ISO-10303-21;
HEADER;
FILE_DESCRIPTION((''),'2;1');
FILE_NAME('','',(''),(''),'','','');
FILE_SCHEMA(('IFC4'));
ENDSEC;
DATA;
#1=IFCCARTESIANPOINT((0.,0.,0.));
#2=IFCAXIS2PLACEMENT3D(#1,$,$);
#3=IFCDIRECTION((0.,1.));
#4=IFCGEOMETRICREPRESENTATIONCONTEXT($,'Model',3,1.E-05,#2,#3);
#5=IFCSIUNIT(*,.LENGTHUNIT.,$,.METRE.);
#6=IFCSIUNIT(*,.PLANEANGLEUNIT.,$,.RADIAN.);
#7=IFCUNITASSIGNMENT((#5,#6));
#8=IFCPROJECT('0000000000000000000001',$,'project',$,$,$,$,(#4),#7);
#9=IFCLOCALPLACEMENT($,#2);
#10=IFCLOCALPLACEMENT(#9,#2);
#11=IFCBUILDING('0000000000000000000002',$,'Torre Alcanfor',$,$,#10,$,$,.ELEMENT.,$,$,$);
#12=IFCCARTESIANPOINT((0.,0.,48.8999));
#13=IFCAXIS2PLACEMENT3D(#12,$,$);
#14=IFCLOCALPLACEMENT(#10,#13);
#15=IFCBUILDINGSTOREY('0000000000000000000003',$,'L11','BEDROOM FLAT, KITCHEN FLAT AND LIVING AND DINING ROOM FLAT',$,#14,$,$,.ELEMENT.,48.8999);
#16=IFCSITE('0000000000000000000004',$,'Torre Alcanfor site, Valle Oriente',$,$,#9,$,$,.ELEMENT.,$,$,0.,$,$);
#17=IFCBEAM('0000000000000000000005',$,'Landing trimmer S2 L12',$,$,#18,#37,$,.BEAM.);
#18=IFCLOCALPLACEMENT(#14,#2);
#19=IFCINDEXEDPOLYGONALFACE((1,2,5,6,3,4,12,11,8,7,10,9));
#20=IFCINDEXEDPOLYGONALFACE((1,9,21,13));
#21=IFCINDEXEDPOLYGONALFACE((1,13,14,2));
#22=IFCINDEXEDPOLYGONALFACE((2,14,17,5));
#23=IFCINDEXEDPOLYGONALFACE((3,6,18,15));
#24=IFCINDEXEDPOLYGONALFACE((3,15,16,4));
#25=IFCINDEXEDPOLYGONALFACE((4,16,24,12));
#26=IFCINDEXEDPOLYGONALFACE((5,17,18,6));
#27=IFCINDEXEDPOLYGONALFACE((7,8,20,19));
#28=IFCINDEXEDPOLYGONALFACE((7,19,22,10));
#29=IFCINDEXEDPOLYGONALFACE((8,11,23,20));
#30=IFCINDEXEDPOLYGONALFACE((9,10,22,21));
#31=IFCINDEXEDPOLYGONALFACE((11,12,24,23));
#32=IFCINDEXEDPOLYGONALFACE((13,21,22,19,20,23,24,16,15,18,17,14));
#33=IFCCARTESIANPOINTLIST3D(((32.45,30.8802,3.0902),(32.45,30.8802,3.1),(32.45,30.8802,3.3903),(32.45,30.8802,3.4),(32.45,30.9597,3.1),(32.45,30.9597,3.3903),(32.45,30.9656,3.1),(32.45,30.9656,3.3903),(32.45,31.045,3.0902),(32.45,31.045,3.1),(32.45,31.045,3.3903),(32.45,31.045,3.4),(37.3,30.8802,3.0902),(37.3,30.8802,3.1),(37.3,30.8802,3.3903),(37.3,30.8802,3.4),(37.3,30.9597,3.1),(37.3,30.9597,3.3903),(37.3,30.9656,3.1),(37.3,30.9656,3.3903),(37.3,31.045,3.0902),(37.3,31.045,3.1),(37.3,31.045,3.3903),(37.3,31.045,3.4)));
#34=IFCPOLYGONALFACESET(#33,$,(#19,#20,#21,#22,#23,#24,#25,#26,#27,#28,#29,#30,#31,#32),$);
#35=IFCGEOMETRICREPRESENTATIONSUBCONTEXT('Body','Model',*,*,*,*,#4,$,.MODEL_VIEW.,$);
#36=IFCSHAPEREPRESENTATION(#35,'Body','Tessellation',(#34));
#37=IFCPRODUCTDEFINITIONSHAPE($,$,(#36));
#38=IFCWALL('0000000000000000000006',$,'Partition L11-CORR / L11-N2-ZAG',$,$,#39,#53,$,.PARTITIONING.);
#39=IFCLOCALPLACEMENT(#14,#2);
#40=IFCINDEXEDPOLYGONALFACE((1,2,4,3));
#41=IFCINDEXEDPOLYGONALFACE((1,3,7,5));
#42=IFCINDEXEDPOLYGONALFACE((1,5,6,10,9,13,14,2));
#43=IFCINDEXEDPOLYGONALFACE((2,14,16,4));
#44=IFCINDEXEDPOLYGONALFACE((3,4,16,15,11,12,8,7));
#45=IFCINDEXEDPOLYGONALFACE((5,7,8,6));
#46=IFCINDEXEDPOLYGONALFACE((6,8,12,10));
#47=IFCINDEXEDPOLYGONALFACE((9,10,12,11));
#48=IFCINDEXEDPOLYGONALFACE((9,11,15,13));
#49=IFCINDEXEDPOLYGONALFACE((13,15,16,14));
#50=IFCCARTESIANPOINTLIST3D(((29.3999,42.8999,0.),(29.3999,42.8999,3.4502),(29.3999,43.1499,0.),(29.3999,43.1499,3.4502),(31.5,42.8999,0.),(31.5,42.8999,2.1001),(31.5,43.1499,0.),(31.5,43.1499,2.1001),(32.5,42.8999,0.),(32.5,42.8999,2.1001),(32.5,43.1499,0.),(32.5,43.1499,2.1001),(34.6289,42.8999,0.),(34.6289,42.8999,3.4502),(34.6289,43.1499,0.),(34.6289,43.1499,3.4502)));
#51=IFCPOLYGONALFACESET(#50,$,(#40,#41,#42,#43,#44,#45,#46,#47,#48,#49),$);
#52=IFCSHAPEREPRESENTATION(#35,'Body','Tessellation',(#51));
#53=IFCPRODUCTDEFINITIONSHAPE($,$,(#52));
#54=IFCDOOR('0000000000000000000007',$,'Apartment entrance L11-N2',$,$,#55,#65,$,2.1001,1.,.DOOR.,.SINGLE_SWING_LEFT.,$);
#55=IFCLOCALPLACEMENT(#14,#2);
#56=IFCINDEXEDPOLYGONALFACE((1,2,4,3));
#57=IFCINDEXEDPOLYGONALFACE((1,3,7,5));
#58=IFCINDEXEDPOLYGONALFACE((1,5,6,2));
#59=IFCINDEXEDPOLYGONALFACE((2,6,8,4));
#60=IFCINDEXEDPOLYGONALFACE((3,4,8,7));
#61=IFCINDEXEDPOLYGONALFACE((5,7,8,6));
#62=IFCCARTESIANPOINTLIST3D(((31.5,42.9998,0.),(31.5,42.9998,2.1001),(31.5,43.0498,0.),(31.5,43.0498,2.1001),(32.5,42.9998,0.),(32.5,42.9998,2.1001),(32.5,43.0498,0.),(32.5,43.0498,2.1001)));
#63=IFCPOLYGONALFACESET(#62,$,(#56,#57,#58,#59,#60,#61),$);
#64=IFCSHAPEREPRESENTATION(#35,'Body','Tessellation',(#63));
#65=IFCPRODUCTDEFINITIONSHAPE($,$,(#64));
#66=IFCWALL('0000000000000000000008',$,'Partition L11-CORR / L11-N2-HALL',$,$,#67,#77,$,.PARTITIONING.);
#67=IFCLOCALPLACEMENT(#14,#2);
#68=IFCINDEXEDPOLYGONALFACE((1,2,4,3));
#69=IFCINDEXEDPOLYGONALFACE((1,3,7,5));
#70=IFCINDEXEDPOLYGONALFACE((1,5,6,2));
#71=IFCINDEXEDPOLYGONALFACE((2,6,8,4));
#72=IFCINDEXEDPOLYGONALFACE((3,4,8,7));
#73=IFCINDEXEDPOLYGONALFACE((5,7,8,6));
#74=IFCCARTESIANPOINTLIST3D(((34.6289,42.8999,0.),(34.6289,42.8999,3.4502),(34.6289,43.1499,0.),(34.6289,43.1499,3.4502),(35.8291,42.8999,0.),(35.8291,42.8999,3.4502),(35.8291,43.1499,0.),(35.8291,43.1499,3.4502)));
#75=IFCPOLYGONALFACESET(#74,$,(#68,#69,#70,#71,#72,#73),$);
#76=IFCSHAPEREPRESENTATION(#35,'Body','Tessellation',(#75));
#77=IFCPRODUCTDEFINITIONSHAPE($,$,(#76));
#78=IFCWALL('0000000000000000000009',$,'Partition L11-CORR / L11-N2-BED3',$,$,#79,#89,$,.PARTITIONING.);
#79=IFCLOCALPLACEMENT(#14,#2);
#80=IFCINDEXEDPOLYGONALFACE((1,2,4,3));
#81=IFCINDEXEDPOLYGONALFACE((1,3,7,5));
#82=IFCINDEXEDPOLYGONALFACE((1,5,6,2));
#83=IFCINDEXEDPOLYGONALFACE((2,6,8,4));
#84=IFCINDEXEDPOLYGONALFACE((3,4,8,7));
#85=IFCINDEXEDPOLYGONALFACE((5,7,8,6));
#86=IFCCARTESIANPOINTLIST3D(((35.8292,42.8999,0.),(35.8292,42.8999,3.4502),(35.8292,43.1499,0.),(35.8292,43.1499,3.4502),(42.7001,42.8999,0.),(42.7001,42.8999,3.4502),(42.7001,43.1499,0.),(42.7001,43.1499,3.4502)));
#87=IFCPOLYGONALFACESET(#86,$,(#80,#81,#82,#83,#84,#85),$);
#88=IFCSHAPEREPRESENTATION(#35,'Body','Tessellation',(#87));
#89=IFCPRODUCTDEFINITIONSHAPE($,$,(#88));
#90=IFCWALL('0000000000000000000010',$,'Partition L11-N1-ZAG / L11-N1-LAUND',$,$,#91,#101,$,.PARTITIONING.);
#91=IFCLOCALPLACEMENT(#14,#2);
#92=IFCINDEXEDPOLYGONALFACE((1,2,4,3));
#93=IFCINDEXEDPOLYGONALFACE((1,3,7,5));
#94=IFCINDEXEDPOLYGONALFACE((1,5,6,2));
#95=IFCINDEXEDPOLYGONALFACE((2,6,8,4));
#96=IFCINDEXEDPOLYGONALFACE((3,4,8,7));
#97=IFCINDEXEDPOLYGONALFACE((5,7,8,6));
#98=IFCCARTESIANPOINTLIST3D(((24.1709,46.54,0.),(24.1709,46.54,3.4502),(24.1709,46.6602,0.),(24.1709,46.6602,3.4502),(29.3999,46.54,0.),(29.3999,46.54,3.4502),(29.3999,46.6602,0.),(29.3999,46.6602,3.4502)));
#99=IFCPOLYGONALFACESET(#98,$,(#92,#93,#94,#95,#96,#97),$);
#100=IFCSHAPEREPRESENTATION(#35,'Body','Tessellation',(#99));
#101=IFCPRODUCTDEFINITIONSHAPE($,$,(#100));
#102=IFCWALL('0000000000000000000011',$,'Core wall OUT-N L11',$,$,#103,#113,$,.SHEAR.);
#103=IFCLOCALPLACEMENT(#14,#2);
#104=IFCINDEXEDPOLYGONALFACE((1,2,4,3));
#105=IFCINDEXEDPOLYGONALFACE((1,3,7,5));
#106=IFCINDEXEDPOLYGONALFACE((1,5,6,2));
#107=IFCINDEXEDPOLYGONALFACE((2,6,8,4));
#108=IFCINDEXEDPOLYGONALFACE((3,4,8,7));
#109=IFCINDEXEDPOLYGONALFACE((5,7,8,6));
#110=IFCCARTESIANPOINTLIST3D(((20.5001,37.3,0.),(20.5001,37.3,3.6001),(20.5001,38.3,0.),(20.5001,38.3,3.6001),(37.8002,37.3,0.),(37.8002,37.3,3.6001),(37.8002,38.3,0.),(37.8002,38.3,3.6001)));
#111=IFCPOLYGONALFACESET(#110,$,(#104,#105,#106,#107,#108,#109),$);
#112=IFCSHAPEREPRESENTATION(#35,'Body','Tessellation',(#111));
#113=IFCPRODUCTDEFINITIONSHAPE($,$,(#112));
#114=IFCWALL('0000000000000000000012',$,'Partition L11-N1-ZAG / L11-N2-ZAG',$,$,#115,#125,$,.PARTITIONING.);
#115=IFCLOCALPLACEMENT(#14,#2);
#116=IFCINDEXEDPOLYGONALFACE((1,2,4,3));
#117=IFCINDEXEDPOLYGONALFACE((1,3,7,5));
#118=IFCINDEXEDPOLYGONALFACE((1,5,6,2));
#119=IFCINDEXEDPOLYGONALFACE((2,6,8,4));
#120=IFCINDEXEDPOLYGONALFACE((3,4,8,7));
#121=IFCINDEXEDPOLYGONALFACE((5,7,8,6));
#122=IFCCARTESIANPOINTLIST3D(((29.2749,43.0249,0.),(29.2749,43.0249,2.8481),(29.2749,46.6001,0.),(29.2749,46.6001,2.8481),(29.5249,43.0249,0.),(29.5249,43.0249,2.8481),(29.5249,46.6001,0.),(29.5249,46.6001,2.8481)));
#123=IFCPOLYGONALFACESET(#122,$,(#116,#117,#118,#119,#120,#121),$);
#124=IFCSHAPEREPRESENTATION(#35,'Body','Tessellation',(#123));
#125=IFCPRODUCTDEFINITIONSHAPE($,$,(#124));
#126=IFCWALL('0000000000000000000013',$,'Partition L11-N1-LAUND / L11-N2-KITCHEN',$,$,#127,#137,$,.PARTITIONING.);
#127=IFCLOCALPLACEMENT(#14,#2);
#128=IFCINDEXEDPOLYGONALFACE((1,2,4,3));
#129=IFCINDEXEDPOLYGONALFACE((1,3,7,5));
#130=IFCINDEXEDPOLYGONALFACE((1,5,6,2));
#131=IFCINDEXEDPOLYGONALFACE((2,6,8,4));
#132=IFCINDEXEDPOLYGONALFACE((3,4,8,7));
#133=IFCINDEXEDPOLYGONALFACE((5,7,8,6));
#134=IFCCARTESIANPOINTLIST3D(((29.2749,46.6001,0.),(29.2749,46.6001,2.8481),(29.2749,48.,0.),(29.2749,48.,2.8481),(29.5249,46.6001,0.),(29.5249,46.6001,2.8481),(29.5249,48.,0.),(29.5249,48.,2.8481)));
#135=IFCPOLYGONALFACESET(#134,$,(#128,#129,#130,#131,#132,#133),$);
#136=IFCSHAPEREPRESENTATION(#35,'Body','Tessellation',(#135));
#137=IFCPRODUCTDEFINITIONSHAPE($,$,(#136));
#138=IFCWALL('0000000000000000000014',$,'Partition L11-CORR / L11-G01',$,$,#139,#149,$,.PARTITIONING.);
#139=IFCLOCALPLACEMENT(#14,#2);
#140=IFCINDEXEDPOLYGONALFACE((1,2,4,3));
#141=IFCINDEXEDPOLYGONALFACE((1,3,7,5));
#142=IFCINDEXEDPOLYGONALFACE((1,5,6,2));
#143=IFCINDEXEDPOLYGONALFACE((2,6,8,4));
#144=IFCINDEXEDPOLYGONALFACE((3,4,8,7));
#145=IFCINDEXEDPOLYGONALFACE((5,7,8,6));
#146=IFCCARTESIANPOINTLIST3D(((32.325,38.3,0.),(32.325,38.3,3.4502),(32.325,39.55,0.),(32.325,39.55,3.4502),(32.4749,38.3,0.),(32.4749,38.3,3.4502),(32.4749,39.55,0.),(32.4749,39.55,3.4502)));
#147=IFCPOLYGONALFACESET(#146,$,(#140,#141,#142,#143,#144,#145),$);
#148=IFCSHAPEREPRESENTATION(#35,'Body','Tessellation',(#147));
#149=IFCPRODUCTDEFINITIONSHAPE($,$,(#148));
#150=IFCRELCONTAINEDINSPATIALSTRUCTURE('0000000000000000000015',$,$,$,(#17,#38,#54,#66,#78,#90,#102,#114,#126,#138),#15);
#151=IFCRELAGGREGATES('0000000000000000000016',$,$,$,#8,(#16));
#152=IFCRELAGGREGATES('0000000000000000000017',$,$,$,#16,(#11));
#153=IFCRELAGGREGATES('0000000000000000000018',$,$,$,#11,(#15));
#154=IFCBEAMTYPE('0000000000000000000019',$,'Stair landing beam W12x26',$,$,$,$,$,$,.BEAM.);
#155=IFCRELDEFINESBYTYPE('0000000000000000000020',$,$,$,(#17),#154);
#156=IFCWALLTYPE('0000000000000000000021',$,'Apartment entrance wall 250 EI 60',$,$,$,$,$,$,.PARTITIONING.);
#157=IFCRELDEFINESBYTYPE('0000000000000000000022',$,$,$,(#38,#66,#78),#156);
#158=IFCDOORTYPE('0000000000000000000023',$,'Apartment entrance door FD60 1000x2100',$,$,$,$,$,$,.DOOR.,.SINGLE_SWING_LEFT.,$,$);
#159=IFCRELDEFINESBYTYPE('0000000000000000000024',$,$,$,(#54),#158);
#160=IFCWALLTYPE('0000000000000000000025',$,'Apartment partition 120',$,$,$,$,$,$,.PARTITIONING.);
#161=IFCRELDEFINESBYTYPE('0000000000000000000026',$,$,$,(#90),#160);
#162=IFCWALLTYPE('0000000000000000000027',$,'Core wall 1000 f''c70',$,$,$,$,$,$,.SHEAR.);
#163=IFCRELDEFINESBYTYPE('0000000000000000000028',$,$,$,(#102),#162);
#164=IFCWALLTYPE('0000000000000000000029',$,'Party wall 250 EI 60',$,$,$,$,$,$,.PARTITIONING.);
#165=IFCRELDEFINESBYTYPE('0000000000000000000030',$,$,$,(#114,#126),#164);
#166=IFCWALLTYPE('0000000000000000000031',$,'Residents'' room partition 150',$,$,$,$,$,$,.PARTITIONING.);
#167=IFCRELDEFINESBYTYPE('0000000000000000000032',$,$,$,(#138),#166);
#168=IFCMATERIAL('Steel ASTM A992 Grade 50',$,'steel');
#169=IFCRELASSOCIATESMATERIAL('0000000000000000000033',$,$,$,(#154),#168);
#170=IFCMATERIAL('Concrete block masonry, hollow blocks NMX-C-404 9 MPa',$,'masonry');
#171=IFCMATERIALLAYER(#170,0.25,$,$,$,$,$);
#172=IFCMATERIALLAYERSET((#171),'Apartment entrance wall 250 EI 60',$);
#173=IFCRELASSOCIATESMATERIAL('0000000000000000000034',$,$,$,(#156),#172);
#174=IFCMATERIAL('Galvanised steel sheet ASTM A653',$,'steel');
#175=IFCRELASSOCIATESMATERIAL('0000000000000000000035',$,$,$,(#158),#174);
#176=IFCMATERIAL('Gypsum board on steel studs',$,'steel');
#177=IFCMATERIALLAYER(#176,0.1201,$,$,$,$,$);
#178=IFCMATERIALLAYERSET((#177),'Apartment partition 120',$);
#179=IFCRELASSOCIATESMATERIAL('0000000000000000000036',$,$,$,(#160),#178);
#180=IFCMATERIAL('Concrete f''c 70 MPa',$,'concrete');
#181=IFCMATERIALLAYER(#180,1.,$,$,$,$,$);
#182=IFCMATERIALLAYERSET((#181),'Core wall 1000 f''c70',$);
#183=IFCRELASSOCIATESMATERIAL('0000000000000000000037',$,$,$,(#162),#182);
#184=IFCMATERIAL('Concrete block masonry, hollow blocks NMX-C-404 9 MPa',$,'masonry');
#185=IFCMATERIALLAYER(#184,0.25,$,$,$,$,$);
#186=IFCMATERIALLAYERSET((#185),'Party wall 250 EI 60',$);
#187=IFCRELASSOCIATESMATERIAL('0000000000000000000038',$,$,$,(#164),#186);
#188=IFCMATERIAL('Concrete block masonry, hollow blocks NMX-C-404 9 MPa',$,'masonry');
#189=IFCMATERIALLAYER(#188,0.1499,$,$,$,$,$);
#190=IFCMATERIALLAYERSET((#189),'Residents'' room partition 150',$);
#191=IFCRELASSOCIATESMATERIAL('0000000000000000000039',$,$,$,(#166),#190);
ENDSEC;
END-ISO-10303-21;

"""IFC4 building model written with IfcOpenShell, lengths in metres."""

from ifc_helpers import new_model, si_unit, direction, frame, frame_2d, origin, origin_2d, place, context, subcontext, project, spatial, rectangle, i_section, extrude, material, layer, layer_set, material_profile, profile_set, type_object, element, fill, save


model = new_model("IFC4")

# Units and contexts
model_context = context("Model", 3, precision=1e-05, world=origin(), true_north=direction((0.0, 1.0)))
body_context = subcontext(model_context, "Body", "Model", "MODEL_VIEW")
ifc_project = project(units=[si_unit("LENGTHUNIT", "METRE"), si_unit("PLANEANGLEUNIT", "RADIAN")], contexts=[model_context])

# Site, building, storey
site_placement = place(None, origin())
site = spatial("IfcSite", under=ifc_project, at=site_placement, Name="Torre Alcanfor site, Valle Oriente", CompositionType="ELEMENT", RefElevation=0.0)
building_placement = place(site_placement, origin())
building = spatial("IfcBuilding", under=site, at=building_placement, Name="Torre Alcanfor", CompositionType="ELEMENT")
storey_placement = place(building_placement, frame((0.0, 0.0, 48.8999)))
storey = spatial("IfcBuildingStorey", under=building, at=storey_placement, Name="L11", Description="BEDROOM FLAT, KITCHEN FLAT AND LIVING AND DINING ROOM FLAT", CompositionType="ELEMENT", Elevation=48.8999)

# Beam
ifc_material_1 = material(Name="Steel ASTM A992 Grade 50", Category="steel")
ifc_material_profile_1 = material_profile(ifc_material_1, i_section(OverallWidth=0.1648, OverallDepth=0.3098, WebThickness=0.0059, FlangeThickness=0.0098, at=origin_2d()), Name="W12x26")
ifc_profile_set_1 = profile_set([ifc_material_profile_1], Name="Steel ASTM A992 Grade 50")
beam_type_1 = type_object("IfcBeamType", Name="Stair landing beam W12x26", PredefinedType="BEAM", material=ifc_profile_set_1)
beam_1_placement = place(storey_placement, frame((32.45, 30.9626, 3.2451), z_axis=(1.0, 0.0, 0.0), x_axis=(0.0, 1.0, 0.0)))
element("IfcBeam", 1, at=beam_1_placement, inside=storey, type_object=beam_type_1, Name="Landing trimmer S2 L12", PredefinedType="BEAM", context=body_context, shape_type="SweptSolid", body=[
    extrude(i_section(OverallWidth=0.1648, OverallDepth=0.3098, WebThickness=0.0059, FlangeThickness=0.0098, at=origin_2d()), origin(), (0.0, 0.0, 1.0), 4.8501),
])

# Wall, opening, door
ifc_material_2 = material(Name="Concrete block masonry, hollow blocks NMX-C-404 9 MPa", Category="masonry")
ifc_layer_1 = layer(ifc_material_2, 0.25)
ifc_layer_set_1 = layer_set([ifc_layer_1], Name="Apartment entrance wall 250 EI 60")
wall_type_1 = type_object("IfcWallType", Name="Apartment entrance wall 250 EI 60", PredefinedType="PARTITIONING", material=ifc_layer_set_1)
wall_1_placement = place(storey_placement, frame((29.3999, 43.0249, 0.0), z_axis=(0.0, 0.0, 1.0), x_axis=(1.0, 0.0, 0.0)))
wall_1 = element("IfcWall", 2, at=wall_1_placement, inside=storey, type_object=wall_type_1, Name="Partition L11-CORR / L11-N2-ZAG", PredefinedType="PARTITIONING", context=body_context, shape_type="SweptSolid", body=[
    extrude(rectangle(XDim=5.229, YDim=0.25, at=frame_2d((2.6145, 0.0))), origin(), (0.0, 0.0, 1.0), 3.4502),
])
opening_1_placement = place(wall_1_placement, frame((2.1001, 0.0, 0.0)))
opening_1 = element("IfcOpeningElement", 3, at=opening_1_placement, cuts=wall_1, PredefinedType="OPENING", context=body_context, shape_type="SweptSolid", body=[
    extrude(rectangle(XDim=1.0, YDim=2.1001, at=frame_2d((0.5, 1.05))), frame((0.0, 0.135, 0.0), z_axis=(0.0, -1.0, 0.0), x_axis=(1.0, 0.0, 0.0)), (0.0, 0.0, 1.0), 0.27),
])
ifc_material_3 = material(Name="Galvanised steel sheet ASTM A653", Category="steel")
door_type_1 = type_object("IfcDoorType", Name="Apartment entrance door FD60 1000x2100", OperationType="SINGLE_SWING_LEFT", PredefinedType="DOOR", material=ifc_material_3)
door_1_placement = place(opening_1_placement, origin())
door_1 = element("IfcDoor", 4, at=door_1_placement, inside=storey, type_object=door_type_1, Name="Apartment entrance L11-N2", OperationType="SINGLE_SWING_LEFT", OverallHeight=2.1001, OverallWidth=1.0, PredefinedType="DOOR", context=body_context, shape_type="SweptSolid", body=[
    extrude(rectangle(XDim=1.0, YDim=2.1001, at=frame_2d((0.5, 1.05))), frame((0.0, 0.0249, 0.0), z_axis=(0.0, -1.0, 0.0), x_axis=(1.0, 0.0, 0.0)), (0.0, 0.0, 1.0), 0.05),
])
fill(opening_1, door_1)

# Walls
wall_2_placement = place(storey_placement, frame((34.6289, 43.0249, 0.0), z_axis=(0.0, 0.0, 1.0), x_axis=(1.0, 0.0, 0.0)))
element("IfcWall", 5, at=wall_2_placement, inside=storey, type_object=wall_type_1, Name="Partition L11-CORR / L11-N2-HALL", PredefinedType="PARTITIONING", context=body_context, shape_type="SweptSolid", body=[
    extrude(rectangle(XDim=1.2002, YDim=0.25, at=frame_2d((0.6001, 0.0))), origin(), (0.0, 0.0, 1.0), 3.4502),
])
wall_3_placement = place(storey_placement, frame((35.8291, 43.0249, 0.0), z_axis=(0.0, 0.0, 1.0), x_axis=(1.0, 0.0, 0.0)))
element("IfcWall", 6, at=wall_3_placement, inside=storey, type_object=wall_type_1, Name="Partition L11-CORR / L11-N2-BED3", PredefinedType="PARTITIONING", context=body_context, shape_type="SweptSolid", body=[
    extrude(rectangle(XDim=6.8708, YDim=0.25, at=frame_2d((3.4355, 0.0))), origin(), (0.0, 0.0, 1.0), 3.4502),
])
ifc_material_4 = material(Name="Gypsum board on steel studs", Category="steel")
ifc_layer_2 = layer(ifc_material_4, 0.1201)
ifc_layer_set_2 = layer_set([ifc_layer_2], Name="Apartment partition 120")
wall_type_2 = type_object("IfcWallType", Name="Apartment partition 120", PredefinedType="PARTITIONING", material=ifc_layer_set_2)
wall_4_placement = place(storey_placement, frame((29.3999, 46.6001, 0.0), z_axis=(0.0, 0.0, 1.0), x_axis=(-1.0, 0.0, 0.0)))
element("IfcWall", 7, at=wall_4_placement, inside=storey, type_object=wall_type_2, Name="Partition L11-N1-ZAG / L11-N1-LAUND", PredefinedType="PARTITIONING", context=body_context, shape_type="SweptSolid", body=[
    extrude(rectangle(XDim=5.229, YDim=0.1201, at=frame_2d((2.6145, 0.0))), origin(), (0.0, 0.0, 1.0), 3.4502),
])
ifc_material_5 = material(Name="Concrete f'c 70 MPa", Category="concrete")
ifc_layer_3 = layer(ifc_material_5, 1.0)
ifc_layer_set_3 = layer_set([ifc_layer_3], Name="Core wall 1000 f'c70")
wall_type_3 = type_object("IfcWallType", Name="Core wall 1000 f'c70", PredefinedType="SHEAR", material=ifc_layer_set_3)
wall_5_placement = place(storey_placement, frame((37.8, 37.8, 0.0), z_axis=(0.0, 0.0, 1.0), x_axis=(-1.0, 0.0, 0.0)))
element("IfcWall", 8, at=wall_5_placement, inside=storey, type_object=wall_type_3, Name="Core wall OUT-N L11", PredefinedType="SHEAR", context=body_context, shape_type="SweptSolid", body=[
    extrude(rectangle(XDim=17.3, YDim=1.0, at=frame_2d((8.6499, 0.0))), origin(), (0.0, 0.0, 1.0), 3.6001),
])
ifc_material_6 = material(Name="Concrete block masonry, hollow blocks NMX-C-404 9 MPa", Category="masonry")
ifc_layer_4 = layer(ifc_material_6, 0.25)
ifc_layer_set_4 = layer_set([ifc_layer_4], Name="Party wall 250 EI 60")
wall_type_4 = type_object("IfcWallType", Name="Party wall 250 EI 60", PredefinedType="PARTITIONING", material=ifc_layer_set_4)
wall_6_placement = place(storey_placement, frame((29.3999, 43.0249, 0.0), z_axis=(0.0, 0.0, 1.0), x_axis=(0.0, 1.0, 0.0)))
element("IfcWall", 9, at=wall_6_placement, inside=storey, type_object=wall_type_4, Name="Partition L11-N1-ZAG / L11-N2-ZAG", PredefinedType="PARTITIONING", context=body_context, shape_type="SweptSolid", body=[
    extrude(rectangle(XDim=3.5752, YDim=0.25, at=frame_2d((1.7876, 0.0))), origin(), (0.0, 0.0, 1.0), 2.8481),
])
wall_7_placement = place(storey_placement, frame((29.3999, 46.6001, 0.0), z_axis=(0.0, 0.0, 1.0), x_axis=(0.0, 1.0, 0.0)))
element("IfcWall", 10, at=wall_7_placement, inside=storey, type_object=wall_type_4, Name="Partition L11-N1-LAUND / L11-N2-KITCHEN", PredefinedType="PARTITIONING", context=body_context, shape_type="SweptSolid", body=[
    extrude(rectangle(XDim=1.3999, YDim=0.25, at=frame_2d((0.7, 0.0))), origin(), (0.0, 0.0, 1.0), 2.8481),
])
ifc_material_7 = material(Name="Concrete block masonry, hollow blocks NMX-C-404 9 MPa", Category="masonry")
ifc_layer_5 = layer(ifc_material_7, 0.1499)
ifc_layer_set_5 = layer_set([ifc_layer_5], Name="Residents' room partition 150")
wall_type_5 = type_object("IfcWallType", Name="Residents' room partition 150", PredefinedType="PARTITIONING", material=ifc_layer_set_5)
wall_8_placement = place(storey_placement, frame((32.3999, 38.3, 0.0), z_axis=(0.0, 0.0, 1.0), x_axis=(0.0, 1.0, 0.0)))
element("IfcWall", 11, at=wall_8_placement, inside=storey, type_object=wall_type_5, Name="Partition L11-CORR / L11-G01", PredefinedType="PARTITIONING", context=body_context, shape_type="SweptSolid", body=[
    extrude(rectangle(XDim=1.25, YDim=0.1499, at=frame_2d((0.625, 0.0))), origin(), (0.0, 0.0, 1.0), 3.4502),
])

save(model, "model.ifc")
